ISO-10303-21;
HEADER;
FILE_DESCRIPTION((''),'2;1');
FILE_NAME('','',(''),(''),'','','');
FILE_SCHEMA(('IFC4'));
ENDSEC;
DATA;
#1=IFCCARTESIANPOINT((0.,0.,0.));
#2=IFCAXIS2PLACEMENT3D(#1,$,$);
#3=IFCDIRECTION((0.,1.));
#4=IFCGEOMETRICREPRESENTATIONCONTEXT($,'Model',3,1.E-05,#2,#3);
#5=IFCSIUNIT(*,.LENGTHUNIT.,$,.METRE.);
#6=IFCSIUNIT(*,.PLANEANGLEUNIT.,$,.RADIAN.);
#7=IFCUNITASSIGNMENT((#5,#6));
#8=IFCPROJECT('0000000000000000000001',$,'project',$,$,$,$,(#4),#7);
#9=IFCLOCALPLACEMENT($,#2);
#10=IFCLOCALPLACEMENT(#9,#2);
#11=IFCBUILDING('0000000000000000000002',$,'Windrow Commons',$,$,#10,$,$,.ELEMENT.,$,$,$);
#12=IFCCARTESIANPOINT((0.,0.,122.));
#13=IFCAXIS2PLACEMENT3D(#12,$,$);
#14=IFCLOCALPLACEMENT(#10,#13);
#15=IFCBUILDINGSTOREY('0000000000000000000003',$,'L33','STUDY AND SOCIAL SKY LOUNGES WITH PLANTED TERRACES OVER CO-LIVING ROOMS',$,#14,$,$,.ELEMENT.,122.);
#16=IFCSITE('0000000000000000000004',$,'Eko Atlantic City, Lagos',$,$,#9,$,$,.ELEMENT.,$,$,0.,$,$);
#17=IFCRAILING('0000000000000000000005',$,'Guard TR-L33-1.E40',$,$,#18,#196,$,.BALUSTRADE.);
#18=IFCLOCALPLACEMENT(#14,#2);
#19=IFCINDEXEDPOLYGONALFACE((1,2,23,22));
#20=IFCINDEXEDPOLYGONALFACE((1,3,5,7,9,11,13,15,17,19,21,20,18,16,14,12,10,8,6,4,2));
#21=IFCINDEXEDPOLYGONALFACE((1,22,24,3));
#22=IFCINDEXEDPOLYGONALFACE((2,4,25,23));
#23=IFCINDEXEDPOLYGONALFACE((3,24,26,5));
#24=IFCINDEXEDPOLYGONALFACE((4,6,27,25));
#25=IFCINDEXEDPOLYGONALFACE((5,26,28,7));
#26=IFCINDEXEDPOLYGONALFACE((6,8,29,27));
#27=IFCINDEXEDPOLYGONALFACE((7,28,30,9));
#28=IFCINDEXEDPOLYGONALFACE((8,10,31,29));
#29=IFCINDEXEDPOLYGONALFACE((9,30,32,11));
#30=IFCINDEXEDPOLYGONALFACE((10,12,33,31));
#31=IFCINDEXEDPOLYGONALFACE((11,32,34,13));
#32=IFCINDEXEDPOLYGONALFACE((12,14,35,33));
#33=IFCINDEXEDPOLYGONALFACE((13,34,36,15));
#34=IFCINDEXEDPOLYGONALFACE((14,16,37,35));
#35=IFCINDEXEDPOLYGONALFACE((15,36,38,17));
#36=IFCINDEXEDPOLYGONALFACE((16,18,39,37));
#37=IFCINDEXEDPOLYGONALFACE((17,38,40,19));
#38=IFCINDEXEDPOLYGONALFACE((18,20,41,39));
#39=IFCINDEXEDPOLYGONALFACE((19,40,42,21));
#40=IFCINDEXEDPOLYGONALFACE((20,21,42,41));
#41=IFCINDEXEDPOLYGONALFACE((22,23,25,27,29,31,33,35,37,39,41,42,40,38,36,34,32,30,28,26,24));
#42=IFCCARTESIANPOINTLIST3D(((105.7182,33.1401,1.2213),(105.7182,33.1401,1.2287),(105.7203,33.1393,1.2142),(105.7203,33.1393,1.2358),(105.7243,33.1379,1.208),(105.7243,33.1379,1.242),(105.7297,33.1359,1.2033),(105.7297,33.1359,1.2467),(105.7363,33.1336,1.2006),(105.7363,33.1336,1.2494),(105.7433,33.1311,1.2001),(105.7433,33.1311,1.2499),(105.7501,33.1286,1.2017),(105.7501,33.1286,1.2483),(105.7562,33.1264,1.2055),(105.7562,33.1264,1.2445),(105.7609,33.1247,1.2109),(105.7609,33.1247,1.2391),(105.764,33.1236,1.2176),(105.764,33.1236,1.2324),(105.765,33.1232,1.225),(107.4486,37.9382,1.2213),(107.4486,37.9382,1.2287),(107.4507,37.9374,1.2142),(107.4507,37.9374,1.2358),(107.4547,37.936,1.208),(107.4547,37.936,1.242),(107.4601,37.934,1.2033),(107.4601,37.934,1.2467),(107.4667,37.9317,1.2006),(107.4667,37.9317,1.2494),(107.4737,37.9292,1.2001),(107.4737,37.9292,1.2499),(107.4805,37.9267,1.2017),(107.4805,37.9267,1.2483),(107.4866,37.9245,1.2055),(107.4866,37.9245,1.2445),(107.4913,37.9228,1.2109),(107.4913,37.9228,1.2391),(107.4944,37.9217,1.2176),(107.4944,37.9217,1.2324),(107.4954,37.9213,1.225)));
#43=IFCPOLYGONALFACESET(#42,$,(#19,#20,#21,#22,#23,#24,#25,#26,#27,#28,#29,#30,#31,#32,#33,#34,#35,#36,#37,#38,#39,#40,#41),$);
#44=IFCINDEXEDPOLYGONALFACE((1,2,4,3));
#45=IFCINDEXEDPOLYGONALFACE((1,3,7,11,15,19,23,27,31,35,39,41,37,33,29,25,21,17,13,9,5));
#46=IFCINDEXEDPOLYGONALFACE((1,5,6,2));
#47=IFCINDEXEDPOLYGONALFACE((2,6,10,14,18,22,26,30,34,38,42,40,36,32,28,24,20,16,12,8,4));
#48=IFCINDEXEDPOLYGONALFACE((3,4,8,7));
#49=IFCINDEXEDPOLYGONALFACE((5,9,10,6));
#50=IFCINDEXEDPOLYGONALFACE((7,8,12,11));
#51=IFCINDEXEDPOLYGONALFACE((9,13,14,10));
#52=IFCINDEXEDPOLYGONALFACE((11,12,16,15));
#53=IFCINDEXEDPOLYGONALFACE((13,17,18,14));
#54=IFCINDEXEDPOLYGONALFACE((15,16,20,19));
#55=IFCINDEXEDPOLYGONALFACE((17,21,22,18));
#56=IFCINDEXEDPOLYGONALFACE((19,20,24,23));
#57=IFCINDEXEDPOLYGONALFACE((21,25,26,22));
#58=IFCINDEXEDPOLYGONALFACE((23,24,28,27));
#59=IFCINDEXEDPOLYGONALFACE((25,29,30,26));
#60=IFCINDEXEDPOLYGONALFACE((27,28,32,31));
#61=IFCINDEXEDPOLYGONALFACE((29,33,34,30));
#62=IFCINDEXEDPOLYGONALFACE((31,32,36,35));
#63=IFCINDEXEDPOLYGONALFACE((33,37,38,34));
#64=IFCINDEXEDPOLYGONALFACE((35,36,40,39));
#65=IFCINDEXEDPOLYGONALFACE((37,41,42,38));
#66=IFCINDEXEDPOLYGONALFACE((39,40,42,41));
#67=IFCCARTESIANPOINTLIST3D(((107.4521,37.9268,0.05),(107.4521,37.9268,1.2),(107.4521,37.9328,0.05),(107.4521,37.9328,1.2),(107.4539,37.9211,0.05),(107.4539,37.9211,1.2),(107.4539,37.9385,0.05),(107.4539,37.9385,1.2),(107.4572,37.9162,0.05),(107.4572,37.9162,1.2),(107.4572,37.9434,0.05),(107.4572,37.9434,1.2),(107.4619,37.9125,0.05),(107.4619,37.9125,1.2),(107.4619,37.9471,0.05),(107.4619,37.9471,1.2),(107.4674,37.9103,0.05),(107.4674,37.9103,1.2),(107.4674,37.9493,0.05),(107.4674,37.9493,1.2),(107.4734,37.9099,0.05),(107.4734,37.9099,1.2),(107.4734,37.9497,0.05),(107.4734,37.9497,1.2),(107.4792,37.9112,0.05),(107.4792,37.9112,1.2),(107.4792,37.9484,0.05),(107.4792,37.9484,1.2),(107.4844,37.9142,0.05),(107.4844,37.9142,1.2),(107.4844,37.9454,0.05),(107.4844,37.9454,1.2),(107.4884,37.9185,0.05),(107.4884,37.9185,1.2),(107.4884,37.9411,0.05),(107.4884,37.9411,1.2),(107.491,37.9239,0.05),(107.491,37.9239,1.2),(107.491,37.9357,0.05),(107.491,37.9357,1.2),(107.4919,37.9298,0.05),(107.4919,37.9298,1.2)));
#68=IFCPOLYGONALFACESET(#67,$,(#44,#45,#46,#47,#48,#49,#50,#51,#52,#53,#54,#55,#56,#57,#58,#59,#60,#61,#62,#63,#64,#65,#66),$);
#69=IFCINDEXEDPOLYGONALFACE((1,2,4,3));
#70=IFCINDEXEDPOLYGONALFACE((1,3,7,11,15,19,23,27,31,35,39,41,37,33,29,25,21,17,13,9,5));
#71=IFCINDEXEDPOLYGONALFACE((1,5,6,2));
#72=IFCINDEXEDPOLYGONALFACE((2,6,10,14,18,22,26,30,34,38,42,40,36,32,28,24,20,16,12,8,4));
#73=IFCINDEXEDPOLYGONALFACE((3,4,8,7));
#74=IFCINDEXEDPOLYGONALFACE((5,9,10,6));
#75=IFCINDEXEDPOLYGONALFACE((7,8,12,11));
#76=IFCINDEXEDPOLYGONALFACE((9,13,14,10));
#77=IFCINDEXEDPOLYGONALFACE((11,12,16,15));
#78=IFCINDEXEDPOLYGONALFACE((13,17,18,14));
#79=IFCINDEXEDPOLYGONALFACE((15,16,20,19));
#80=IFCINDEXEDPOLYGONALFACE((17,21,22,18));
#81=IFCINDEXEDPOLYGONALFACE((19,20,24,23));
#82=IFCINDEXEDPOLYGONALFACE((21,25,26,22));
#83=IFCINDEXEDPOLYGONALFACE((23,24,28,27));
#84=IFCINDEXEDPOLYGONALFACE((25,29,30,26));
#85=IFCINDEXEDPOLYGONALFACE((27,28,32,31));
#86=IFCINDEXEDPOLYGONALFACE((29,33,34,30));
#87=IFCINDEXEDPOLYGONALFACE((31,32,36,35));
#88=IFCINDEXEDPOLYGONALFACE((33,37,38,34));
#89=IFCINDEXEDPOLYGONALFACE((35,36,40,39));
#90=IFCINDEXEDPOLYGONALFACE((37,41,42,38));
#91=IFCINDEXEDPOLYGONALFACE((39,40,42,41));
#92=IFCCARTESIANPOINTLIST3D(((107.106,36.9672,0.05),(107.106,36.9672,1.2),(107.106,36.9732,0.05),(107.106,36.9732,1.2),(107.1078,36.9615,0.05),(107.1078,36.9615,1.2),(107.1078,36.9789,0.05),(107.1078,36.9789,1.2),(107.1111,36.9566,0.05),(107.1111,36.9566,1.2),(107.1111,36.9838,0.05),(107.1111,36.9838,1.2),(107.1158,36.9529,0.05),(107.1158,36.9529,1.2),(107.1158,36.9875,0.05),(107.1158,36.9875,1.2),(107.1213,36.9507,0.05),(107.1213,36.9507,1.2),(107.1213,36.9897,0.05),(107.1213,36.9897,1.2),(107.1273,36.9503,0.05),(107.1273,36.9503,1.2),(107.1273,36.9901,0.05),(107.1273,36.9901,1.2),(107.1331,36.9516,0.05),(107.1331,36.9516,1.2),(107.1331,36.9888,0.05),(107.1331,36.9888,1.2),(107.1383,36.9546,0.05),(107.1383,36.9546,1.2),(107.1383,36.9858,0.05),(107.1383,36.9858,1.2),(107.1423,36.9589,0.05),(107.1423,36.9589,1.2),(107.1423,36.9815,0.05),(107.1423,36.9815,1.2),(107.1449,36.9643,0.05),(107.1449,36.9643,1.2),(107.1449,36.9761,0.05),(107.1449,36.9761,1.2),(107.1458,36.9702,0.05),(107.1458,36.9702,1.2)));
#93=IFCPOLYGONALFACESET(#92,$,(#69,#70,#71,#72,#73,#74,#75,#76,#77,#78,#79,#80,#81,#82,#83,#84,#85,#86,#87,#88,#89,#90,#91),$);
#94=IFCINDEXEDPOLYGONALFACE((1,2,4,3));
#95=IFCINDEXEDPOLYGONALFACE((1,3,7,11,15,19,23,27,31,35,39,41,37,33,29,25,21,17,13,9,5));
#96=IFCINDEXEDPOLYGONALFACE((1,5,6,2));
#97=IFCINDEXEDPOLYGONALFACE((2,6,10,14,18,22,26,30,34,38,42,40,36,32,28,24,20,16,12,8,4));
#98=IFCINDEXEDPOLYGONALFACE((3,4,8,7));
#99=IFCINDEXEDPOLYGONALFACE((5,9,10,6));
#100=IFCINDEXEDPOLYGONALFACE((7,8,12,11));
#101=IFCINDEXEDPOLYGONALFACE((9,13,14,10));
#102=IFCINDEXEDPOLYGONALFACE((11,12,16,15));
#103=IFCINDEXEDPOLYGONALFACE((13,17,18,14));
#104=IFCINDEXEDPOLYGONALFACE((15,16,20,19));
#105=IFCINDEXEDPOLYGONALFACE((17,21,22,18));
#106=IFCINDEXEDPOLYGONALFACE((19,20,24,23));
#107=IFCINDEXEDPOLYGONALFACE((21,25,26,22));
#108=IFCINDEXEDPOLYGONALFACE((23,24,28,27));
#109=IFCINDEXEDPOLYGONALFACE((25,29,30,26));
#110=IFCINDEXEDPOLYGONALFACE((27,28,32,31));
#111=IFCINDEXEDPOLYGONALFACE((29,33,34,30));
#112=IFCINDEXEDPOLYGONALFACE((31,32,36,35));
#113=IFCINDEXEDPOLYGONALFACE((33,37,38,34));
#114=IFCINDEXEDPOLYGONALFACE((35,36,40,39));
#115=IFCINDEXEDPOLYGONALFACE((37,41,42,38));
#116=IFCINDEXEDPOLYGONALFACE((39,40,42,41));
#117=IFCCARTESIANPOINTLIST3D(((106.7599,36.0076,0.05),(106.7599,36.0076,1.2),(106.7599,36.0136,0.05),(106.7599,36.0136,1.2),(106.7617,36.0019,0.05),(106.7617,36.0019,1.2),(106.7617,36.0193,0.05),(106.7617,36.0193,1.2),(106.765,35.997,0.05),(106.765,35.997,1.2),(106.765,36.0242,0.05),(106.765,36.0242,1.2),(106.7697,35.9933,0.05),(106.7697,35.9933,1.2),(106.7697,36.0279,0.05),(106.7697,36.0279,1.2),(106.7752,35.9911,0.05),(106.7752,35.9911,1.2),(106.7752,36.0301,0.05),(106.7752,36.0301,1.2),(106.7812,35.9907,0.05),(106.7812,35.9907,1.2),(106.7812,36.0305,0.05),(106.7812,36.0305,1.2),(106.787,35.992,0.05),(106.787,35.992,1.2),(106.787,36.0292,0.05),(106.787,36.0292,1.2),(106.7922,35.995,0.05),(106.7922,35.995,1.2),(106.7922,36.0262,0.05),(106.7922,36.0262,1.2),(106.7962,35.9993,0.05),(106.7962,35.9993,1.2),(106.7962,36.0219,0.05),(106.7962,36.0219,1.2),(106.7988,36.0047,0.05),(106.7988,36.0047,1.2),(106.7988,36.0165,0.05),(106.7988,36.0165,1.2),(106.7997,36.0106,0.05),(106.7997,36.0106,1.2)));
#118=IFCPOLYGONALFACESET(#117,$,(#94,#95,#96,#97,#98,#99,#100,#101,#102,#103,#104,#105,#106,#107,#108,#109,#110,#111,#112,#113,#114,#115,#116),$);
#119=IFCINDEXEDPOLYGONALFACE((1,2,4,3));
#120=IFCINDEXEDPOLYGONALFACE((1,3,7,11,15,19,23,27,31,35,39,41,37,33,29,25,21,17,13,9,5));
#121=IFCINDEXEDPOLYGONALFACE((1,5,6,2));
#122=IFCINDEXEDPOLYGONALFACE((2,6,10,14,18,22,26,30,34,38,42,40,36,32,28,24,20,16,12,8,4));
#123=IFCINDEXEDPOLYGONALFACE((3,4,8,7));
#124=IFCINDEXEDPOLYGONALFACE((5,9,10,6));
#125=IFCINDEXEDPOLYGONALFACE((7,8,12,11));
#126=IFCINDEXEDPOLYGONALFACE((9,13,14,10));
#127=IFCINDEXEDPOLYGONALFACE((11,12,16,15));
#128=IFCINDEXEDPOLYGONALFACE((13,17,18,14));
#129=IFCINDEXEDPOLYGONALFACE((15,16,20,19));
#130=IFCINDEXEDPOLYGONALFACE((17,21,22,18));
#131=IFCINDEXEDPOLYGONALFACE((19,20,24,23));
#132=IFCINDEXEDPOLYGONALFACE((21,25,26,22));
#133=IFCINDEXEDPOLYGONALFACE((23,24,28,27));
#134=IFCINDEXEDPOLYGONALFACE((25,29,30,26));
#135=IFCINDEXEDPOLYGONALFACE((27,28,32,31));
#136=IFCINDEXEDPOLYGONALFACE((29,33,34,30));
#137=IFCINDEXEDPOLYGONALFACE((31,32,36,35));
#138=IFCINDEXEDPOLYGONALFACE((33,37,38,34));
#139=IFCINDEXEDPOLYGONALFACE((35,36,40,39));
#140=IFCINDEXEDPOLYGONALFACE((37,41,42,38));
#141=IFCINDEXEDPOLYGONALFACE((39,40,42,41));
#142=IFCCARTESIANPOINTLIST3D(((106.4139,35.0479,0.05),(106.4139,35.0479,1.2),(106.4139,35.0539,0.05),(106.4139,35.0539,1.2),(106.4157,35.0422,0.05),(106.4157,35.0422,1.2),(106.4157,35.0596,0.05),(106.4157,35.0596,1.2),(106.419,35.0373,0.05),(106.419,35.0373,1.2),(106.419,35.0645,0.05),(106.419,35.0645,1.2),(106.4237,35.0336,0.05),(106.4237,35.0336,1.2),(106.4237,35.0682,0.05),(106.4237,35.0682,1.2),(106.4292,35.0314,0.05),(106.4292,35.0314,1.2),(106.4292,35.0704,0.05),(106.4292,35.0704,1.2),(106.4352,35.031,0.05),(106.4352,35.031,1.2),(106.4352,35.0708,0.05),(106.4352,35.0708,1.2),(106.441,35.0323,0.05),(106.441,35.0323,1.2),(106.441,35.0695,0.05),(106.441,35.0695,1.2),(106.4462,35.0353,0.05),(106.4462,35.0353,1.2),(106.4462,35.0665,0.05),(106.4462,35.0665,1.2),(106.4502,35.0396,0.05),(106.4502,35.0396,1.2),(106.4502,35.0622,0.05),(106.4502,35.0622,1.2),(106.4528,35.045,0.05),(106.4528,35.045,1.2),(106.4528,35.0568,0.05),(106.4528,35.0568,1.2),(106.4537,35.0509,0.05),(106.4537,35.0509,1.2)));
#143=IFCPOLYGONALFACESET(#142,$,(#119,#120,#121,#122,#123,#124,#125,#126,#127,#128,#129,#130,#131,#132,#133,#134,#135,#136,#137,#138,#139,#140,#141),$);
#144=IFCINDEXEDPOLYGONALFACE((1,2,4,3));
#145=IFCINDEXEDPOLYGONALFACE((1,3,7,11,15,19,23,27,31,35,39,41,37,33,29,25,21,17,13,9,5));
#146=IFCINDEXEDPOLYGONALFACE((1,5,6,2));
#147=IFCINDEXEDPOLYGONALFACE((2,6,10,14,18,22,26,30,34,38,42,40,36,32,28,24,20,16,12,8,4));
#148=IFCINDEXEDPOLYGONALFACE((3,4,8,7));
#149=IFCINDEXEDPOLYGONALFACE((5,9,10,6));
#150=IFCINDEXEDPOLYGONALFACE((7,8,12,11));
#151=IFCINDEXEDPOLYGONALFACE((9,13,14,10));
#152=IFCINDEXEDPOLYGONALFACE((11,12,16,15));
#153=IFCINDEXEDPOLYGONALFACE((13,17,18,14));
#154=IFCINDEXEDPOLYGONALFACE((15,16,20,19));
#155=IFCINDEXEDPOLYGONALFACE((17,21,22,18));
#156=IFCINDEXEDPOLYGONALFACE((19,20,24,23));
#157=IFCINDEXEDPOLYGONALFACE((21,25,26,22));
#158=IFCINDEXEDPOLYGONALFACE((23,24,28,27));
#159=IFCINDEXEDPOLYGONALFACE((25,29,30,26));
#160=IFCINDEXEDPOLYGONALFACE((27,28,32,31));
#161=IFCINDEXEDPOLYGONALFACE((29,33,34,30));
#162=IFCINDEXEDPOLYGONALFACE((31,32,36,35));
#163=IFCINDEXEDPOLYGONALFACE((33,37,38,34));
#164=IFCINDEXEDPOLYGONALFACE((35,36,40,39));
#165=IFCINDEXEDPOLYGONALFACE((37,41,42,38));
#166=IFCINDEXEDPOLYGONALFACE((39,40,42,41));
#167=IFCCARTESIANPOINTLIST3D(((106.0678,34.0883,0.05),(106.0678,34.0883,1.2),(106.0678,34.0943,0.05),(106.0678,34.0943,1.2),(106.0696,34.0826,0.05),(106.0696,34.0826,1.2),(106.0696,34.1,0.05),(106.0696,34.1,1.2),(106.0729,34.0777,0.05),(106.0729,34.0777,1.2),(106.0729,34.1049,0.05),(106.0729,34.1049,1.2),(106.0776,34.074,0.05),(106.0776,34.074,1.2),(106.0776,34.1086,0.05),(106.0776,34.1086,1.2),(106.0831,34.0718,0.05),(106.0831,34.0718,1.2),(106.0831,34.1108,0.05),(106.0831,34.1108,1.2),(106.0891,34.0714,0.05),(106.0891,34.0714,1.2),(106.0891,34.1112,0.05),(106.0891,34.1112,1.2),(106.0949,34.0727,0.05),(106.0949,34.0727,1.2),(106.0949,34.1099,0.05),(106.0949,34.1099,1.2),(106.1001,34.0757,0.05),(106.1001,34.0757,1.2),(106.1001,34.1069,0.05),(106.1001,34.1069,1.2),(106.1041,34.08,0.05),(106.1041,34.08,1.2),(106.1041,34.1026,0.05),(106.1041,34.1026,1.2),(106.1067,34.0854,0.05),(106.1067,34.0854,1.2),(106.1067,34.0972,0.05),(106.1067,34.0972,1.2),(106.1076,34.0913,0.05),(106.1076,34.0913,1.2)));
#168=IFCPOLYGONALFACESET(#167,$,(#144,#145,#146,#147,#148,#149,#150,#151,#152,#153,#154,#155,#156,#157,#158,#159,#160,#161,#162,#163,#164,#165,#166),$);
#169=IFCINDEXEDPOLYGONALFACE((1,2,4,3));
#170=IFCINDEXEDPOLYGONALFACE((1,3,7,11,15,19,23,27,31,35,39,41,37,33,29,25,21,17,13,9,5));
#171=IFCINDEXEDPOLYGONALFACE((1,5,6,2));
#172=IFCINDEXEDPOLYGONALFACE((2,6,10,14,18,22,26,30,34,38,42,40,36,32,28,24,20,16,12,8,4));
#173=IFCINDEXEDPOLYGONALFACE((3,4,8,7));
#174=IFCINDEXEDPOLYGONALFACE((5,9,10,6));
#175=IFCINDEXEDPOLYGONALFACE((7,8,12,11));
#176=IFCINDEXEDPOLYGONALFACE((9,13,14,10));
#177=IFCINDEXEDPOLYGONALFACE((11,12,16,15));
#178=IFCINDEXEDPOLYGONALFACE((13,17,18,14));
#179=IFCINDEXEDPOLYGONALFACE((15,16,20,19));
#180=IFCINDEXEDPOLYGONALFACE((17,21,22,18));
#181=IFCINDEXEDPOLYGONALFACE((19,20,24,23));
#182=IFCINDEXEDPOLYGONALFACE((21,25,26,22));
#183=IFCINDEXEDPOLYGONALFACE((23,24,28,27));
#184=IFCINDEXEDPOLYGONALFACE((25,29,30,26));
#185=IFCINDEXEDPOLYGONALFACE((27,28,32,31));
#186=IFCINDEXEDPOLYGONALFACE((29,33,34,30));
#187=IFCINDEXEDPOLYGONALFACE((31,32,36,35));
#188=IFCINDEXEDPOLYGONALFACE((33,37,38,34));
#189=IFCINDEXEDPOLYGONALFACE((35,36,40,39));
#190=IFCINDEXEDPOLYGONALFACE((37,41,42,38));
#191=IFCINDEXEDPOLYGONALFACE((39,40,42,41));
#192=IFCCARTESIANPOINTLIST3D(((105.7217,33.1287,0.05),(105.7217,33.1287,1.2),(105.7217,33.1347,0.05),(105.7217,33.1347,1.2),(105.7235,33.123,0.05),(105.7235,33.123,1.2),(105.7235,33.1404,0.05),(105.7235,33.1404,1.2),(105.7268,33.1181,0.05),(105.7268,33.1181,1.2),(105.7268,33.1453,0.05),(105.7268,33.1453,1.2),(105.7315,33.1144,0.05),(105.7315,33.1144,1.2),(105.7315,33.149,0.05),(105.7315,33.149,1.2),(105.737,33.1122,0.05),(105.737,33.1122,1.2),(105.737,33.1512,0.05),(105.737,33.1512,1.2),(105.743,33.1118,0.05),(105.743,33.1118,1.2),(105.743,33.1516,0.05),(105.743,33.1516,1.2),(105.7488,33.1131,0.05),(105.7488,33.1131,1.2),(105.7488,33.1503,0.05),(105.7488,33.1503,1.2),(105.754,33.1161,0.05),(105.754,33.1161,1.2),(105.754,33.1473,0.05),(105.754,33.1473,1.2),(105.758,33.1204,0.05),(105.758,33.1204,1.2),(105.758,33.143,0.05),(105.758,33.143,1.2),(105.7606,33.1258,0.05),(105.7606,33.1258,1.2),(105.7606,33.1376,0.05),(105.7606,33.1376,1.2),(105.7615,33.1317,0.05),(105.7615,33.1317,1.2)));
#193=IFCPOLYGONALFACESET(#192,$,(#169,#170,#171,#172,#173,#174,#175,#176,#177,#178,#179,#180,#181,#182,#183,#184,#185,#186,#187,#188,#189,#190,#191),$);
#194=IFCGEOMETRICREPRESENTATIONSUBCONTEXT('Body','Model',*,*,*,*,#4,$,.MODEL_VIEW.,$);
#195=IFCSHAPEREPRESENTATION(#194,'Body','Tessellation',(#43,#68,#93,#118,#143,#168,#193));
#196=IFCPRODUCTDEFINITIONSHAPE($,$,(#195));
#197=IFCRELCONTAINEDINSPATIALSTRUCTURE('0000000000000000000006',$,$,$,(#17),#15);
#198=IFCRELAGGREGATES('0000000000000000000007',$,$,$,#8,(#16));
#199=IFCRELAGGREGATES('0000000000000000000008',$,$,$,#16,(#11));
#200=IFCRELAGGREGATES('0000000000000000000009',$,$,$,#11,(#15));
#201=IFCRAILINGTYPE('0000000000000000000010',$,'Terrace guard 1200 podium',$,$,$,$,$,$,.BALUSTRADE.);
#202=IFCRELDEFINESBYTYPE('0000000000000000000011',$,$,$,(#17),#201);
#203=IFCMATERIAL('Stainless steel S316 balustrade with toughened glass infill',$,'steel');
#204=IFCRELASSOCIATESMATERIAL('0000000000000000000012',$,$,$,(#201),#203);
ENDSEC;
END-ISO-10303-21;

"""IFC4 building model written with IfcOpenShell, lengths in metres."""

from ifc_helpers import new_model, si_unit, direction, frame, origin, origin_2d, place, context, subcontext, project, spatial, circle, extrude, material, type_object, element, save


model = new_model("IFC4")

# Units and contexts
model_context = context("Model", 3, precision=1e-05, world=origin(), true_north=direction((0.0, 1.0)))
body_context = subcontext(model_context, "Body", "Model", "MODEL_VIEW")
ifc_project = project(units=[si_unit("LENGTHUNIT", "METRE"), si_unit("PLANEANGLEUNIT", "RADIAN")], contexts=[model_context])

# Site, building, storey
site_placement = place(None, origin())
site = spatial("IfcSite", under=ifc_project, at=site_placement, Name="Eko Atlantic City, Lagos", CompositionType="ELEMENT", RefElevation=0.0)
building_placement = place(site_placement, origin())
building = spatial("IfcBuilding", under=site, at=building_placement, Name="Windrow Commons", CompositionType="ELEMENT")
storey_placement = place(building_placement, frame((0.0, 0.0, 122.0)))
storey = spatial("IfcBuildingStorey", under=building, at=storey_placement, Name="L33", Description="STUDY AND SOCIAL SKY LOUNGES WITH PLANTED TERRACES OVER CO-LIVING ROOMS", CompositionType="ELEMENT", Elevation=122.0)

# Railing
ifc_material_1 = material(Name="Stainless steel S316 balustrade with toughened glass infill", Category="steel")
railing_type = type_object("IfcRailingType", Name="Terrace guard 1200 podium", PredefinedType="BALUSTRADE", material=ifc_material_1)
railing_1_placement = place(storey_placement, frame((107.4719, 37.9298, 0.05)))
element("IfcRailing", 1, at=railing_1_placement, inside=storey, type_object=railing_type, Name="Guard TR-L33-1.E40", PredefinedType="BALUSTRADE", context=body_context, shape_type="SweptSolid", body=[
    extrude(circle(Radius=0.025, at=origin_2d()), frame((0.0, 0.0, 1.175), z_axis=(-0.339255, -0.940695, 0.0), x_axis=(0.940695, -0.339255, 0.0)), (0.0, 0.0, 1.0), 5.1006),
    extrude(circle(Radius=0.02, at=origin_2d()), origin(), (0.0, 0.0, 1.0), 1.15),
    extrude(circle(Radius=0.02, at=origin_2d()), frame((-0.3461, -0.9596, 0.0)), (0.0, 0.0, 1.0), 1.15),
    extrude(circle(Radius=0.02, at=origin_2d()), frame((-0.6922, -1.9192, 0.0)), (0.0, 0.0, 1.0), 1.15),
    extrude(circle(Radius=0.02, at=origin_2d()), frame((-1.0382, -2.8789, 0.0)), (0.0, 0.0, 1.0), 1.15),
    extrude(circle(Radius=0.02, at=origin_2d()), frame((-1.3843, -3.8385, 0.0)), (0.0, 0.0, 1.0), 1.15),
    extrude(circle(Radius=0.02, at=origin_2d()), frame((-1.7304, -4.7981, 0.0)), (0.0, 0.0, 1.0), 1.15),
])

save(model, "model.ifc")
